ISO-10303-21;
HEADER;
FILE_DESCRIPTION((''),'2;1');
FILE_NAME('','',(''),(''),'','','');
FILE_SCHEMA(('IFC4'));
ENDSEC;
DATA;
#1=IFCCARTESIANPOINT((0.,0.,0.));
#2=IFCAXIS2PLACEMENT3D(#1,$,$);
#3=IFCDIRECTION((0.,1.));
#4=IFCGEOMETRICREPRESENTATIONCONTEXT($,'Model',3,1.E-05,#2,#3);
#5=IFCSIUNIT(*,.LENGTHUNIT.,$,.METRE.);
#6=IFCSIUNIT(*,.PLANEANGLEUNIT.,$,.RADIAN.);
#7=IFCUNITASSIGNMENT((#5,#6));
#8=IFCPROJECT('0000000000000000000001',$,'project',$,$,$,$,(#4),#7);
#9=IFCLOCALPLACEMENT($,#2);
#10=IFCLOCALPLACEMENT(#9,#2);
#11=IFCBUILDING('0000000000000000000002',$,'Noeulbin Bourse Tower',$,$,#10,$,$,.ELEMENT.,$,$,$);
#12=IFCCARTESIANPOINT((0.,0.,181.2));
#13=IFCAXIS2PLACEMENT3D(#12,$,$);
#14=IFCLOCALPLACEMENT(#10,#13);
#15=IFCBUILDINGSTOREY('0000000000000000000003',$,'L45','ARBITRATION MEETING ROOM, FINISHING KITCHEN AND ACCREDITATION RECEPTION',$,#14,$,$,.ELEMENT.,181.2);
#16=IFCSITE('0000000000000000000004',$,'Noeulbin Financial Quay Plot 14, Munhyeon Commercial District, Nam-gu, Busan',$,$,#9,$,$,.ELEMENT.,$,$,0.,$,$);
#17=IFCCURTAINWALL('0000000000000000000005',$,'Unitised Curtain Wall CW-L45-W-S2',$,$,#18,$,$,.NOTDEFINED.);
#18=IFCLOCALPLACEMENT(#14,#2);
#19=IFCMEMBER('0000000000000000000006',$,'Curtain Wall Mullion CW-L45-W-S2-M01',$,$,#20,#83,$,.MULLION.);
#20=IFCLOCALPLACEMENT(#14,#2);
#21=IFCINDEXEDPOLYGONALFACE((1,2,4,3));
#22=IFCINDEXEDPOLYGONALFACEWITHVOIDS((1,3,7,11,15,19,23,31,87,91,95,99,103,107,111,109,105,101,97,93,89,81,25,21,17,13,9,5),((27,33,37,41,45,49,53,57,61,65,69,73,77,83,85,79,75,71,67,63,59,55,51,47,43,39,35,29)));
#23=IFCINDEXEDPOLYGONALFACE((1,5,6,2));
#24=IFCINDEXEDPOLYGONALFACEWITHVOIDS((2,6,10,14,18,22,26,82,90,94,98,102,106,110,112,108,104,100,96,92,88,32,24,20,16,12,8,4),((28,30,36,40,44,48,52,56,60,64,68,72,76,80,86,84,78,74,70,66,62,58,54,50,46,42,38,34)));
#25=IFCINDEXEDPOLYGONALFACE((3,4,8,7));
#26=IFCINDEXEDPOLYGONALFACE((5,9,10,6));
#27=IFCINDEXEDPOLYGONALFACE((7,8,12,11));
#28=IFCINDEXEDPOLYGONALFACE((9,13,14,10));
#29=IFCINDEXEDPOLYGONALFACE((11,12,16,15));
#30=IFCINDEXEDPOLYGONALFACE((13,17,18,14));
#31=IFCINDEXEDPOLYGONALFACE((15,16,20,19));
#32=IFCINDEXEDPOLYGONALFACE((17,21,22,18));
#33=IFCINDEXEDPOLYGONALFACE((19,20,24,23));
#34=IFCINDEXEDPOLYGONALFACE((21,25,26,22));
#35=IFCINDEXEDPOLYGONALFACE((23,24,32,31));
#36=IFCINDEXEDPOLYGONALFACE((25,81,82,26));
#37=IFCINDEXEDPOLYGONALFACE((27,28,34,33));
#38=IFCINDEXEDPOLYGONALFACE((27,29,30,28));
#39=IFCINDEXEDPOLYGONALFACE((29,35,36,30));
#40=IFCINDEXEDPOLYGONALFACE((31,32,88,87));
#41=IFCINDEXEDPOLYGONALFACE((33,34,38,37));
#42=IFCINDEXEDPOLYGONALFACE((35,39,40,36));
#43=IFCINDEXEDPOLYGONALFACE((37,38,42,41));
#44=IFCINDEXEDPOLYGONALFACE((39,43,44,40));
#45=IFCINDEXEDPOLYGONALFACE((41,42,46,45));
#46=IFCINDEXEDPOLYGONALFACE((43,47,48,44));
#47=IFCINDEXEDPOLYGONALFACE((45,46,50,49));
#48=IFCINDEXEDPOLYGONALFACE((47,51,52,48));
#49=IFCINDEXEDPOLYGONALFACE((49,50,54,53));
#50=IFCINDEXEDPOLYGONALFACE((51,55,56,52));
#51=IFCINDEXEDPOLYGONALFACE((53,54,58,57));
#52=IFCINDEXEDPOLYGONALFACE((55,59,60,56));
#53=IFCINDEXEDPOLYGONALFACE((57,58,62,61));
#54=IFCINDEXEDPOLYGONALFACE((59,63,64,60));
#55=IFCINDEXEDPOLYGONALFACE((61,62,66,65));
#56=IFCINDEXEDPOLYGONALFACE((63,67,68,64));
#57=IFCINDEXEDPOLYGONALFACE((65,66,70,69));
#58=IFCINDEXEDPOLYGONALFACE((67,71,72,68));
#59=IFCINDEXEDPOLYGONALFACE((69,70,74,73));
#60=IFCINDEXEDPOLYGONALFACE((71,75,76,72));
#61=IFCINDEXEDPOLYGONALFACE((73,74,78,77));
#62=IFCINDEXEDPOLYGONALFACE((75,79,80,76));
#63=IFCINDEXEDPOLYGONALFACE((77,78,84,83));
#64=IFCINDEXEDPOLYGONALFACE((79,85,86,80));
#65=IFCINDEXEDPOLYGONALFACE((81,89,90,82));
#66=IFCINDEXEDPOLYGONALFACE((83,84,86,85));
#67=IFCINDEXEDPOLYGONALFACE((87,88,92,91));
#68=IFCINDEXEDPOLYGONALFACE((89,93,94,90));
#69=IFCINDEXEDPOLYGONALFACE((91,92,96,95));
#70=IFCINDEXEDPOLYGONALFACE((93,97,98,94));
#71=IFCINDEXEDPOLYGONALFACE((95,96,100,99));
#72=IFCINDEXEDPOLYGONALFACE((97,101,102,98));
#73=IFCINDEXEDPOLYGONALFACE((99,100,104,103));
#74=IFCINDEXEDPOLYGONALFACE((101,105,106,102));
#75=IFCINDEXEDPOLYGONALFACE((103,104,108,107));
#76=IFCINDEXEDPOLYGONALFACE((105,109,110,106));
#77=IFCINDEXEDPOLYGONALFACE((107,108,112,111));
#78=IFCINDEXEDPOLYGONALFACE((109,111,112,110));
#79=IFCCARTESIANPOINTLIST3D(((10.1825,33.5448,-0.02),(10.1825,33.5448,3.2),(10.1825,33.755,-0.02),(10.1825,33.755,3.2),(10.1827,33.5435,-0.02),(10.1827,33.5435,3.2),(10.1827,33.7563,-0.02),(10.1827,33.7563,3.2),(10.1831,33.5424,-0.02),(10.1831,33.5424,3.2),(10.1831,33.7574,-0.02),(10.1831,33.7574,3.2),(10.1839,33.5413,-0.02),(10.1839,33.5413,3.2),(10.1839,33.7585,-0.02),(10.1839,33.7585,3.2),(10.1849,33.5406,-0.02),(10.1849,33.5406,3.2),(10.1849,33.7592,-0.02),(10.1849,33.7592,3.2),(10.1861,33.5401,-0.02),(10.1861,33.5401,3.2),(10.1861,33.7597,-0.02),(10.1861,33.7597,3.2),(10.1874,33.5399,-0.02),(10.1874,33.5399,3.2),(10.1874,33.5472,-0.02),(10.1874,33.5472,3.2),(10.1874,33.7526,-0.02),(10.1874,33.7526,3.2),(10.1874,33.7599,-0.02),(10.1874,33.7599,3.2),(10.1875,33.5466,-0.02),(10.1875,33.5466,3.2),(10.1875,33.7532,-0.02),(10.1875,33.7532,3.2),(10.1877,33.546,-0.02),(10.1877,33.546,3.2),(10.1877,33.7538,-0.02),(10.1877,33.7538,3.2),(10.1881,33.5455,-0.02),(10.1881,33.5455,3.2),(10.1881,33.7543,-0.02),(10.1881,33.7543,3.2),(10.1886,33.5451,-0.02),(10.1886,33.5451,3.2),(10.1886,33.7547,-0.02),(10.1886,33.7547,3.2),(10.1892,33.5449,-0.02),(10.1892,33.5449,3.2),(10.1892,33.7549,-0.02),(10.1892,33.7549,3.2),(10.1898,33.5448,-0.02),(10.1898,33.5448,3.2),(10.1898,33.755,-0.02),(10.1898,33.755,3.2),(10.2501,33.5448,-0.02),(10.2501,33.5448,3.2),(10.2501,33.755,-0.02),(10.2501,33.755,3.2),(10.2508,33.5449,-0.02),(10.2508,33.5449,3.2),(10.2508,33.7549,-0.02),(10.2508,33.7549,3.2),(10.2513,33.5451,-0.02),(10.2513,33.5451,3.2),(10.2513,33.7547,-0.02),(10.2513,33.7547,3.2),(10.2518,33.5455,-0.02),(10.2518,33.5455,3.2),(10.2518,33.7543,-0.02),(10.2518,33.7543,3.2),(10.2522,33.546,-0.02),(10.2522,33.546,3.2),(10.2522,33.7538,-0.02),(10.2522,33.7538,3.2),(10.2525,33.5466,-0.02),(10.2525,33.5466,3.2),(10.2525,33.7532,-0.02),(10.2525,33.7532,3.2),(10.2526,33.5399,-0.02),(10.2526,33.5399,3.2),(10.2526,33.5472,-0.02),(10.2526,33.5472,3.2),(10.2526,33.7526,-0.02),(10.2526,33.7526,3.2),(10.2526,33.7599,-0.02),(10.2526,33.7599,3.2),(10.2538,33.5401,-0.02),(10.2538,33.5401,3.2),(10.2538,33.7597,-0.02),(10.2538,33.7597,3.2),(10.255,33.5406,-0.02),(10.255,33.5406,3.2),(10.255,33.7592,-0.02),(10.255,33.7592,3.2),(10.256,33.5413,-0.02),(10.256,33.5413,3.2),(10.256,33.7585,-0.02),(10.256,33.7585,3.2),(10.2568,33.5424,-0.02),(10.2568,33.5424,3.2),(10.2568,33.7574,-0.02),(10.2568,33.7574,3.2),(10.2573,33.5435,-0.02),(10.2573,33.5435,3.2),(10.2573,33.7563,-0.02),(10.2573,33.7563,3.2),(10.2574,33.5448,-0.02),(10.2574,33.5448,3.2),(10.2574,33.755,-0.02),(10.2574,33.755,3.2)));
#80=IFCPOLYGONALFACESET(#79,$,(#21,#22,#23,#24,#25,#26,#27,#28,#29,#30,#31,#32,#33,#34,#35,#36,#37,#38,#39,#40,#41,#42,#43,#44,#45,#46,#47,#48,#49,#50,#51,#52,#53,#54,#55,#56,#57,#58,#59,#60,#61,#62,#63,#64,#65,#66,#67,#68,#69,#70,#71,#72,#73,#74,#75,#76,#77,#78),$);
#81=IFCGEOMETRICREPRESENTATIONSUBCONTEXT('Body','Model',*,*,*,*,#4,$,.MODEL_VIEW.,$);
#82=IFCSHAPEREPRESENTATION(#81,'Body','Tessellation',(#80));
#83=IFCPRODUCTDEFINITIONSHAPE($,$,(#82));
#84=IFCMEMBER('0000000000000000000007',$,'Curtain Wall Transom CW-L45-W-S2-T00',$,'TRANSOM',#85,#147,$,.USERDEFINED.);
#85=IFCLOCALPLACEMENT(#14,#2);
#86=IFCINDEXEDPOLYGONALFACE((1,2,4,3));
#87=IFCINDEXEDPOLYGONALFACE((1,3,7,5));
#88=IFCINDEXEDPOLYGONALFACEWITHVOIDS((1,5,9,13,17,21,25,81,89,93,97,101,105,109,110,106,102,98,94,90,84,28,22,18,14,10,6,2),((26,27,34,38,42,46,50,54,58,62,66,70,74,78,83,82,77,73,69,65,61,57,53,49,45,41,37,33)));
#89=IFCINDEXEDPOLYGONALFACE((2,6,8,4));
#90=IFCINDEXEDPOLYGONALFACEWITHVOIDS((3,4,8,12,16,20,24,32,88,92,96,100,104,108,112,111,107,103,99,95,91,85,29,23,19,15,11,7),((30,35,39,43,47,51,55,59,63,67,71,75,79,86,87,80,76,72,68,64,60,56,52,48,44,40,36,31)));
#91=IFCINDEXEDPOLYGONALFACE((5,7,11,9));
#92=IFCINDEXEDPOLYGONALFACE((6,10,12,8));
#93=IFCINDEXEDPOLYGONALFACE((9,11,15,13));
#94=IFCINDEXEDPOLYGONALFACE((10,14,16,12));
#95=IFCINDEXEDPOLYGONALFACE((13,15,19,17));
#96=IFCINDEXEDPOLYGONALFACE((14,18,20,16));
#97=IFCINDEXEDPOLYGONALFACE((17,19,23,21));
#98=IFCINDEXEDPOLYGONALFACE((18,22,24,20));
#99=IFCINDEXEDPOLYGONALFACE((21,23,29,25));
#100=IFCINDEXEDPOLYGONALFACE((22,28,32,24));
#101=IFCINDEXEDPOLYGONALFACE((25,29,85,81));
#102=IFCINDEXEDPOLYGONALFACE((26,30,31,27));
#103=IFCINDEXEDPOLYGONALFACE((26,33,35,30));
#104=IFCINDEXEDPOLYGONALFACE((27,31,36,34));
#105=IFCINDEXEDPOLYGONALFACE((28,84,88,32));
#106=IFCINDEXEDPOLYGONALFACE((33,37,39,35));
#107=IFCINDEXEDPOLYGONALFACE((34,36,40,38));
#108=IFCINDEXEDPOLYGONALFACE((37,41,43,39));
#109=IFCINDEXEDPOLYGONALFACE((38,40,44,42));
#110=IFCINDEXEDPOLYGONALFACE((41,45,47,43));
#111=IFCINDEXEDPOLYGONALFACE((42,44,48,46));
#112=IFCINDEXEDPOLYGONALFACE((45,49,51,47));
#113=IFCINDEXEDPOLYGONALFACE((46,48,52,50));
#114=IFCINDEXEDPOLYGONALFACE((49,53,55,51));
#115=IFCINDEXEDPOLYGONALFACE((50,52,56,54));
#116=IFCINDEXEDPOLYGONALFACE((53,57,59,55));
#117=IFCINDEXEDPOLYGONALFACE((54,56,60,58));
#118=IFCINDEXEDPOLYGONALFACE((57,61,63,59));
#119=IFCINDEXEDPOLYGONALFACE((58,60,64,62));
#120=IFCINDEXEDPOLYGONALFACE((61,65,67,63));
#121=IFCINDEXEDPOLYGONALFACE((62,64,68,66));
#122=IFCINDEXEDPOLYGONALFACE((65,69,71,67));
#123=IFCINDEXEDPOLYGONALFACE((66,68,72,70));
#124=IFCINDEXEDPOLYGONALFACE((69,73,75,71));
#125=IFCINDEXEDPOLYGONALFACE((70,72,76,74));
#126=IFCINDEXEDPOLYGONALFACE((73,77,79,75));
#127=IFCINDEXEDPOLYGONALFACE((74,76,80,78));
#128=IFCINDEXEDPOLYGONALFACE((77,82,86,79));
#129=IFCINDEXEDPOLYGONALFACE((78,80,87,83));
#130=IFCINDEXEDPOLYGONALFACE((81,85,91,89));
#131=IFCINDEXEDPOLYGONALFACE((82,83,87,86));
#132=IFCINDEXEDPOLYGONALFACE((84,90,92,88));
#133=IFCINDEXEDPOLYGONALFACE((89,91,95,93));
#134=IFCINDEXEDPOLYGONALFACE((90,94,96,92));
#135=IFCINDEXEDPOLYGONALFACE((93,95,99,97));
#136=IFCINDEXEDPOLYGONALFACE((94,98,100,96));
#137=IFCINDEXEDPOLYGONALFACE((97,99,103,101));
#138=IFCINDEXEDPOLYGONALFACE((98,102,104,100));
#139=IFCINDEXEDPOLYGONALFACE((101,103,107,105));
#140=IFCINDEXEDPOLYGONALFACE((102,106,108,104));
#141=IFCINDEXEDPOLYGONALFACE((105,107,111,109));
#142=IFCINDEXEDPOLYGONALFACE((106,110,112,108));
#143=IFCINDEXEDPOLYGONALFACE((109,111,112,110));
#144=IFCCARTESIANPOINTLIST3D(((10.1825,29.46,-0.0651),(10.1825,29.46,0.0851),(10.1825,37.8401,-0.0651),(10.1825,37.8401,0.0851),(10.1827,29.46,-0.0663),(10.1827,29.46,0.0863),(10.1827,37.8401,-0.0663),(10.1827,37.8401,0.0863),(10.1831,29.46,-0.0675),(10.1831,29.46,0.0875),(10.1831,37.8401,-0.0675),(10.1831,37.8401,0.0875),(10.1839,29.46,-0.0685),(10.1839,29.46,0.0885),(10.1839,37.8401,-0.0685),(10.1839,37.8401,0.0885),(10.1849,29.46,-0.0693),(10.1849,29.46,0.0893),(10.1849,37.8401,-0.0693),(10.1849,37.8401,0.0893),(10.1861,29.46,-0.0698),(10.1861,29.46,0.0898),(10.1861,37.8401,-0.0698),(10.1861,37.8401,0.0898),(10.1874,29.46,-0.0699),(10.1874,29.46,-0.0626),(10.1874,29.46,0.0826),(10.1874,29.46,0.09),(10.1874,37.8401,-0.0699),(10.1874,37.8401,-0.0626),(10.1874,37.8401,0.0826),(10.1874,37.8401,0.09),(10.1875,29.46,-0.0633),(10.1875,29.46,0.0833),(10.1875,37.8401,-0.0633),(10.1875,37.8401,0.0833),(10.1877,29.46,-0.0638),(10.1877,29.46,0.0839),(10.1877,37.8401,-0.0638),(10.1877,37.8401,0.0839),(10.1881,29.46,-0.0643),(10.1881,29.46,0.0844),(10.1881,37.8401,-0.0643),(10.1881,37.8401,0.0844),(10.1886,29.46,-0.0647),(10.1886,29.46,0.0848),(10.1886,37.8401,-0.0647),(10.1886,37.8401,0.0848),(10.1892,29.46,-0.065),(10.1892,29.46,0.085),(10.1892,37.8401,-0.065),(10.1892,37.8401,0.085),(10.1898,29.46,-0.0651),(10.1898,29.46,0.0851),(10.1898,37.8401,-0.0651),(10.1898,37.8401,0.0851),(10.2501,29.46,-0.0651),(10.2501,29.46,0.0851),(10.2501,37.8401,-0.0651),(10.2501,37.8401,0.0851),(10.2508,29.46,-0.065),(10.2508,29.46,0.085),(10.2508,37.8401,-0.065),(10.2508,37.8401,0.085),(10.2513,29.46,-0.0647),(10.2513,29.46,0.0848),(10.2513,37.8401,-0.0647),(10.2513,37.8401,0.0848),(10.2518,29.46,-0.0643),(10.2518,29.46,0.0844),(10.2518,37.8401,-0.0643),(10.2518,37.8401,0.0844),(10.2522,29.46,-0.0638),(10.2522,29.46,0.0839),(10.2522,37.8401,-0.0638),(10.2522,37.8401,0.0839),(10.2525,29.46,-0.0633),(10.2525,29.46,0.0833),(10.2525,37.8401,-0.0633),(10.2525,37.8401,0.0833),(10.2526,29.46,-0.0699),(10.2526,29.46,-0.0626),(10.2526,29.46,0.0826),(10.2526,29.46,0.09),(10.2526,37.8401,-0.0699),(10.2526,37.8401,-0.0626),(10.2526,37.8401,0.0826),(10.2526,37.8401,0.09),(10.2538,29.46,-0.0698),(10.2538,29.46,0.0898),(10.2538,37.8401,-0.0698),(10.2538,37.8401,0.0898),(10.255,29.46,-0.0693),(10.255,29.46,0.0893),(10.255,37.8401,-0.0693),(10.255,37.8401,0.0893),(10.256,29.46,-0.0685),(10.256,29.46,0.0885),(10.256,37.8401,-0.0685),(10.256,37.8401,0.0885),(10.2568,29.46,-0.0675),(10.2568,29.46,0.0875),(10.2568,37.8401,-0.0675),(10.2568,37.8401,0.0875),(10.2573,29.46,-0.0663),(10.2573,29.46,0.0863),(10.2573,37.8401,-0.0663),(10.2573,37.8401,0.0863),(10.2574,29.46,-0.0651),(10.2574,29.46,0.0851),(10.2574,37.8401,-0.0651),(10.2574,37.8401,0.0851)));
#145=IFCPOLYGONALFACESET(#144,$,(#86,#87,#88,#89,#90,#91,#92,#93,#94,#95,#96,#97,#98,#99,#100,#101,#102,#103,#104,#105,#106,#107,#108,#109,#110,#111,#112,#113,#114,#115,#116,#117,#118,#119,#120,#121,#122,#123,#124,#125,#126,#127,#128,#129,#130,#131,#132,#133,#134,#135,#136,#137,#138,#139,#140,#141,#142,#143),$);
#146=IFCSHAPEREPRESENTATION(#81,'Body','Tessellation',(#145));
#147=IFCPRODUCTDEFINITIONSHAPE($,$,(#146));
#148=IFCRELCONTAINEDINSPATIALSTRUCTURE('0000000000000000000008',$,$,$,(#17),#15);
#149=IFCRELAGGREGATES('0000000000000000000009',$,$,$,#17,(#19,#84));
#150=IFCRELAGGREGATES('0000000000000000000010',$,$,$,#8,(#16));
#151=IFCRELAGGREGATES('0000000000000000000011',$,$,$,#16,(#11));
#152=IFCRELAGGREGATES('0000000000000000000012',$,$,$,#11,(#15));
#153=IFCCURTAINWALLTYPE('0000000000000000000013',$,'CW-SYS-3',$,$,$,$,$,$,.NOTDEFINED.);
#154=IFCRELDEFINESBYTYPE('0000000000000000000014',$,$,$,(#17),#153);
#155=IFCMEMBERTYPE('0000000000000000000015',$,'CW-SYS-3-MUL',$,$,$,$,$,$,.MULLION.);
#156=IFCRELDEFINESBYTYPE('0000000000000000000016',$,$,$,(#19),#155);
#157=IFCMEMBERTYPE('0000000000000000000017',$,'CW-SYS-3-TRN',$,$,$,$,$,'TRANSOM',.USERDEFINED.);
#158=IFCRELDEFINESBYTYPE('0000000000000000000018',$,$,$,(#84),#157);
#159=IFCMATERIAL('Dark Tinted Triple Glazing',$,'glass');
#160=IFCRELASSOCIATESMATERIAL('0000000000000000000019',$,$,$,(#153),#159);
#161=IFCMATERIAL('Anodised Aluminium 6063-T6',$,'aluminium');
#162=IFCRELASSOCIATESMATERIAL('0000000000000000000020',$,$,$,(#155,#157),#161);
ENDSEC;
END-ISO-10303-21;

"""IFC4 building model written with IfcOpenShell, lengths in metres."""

from ifc_helpers import new_model, si_unit, direction, frame, origin, origin_2d, place, context, subcontext, project, spatial, hollow_rectangle, extrude, material, material_profile, profile_set, type_object, element, aggregate, save


model = new_model("IFC4")

# Units and contexts
model_context = context("Model", 3, precision=1e-05, world=origin(), true_north=direction((0.0, 1.0)))
body_context = subcontext(model_context, "Body", "Model", "MODEL_VIEW")
ifc_project = project(units=[si_unit("LENGTHUNIT", "METRE"), si_unit("PLANEANGLEUNIT", "RADIAN")], contexts=[model_context])

# Site, building, storey
site_placement = place(None, origin())
site = spatial("IfcSite", under=ifc_project, at=site_placement, Name="Noeulbin Financial Quay Plot 14, Munhyeon Commercial District, Nam-gu, Busan", CompositionType="ELEMENT", RefElevation=0.0)
building_placement = place(site_placement, origin())
building = spatial("IfcBuilding", under=site, at=building_placement, Name="Noeulbin Bourse Tower", CompositionType="ELEMENT")
storey_placement = place(building_placement, frame((0.0, 0.0, 181.2)))
storey = spatial("IfcBuildingStorey", under=building, at=storey_placement, Name="L45", Description="ARBITRATION MEETING ROOM, FINISHING KITCHEN AND ACCREDITATION RECEPTION", CompositionType="ELEMENT", Elevation=181.2)

# Curtain wall, members
ifc_material_1 = material(Name="Dark Tinted Triple Glazing", Category="glass")
curtain_wall_type = type_object("IfcCurtainWallType", Name="CW-SYS-3", PredefinedType="NOTDEFINED", material=ifc_material_1)
curtain_wall_placement = place(storey_placement, origin())
curtain_wall = element("IfcCurtainWall", 1, at=curtain_wall_placement, inside=storey, type_object=curtain_wall_type, Name="Unitised Curtain Wall CW-L45-W-S2", PredefinedType="NOTDEFINED")
ifc_material_2 = material(Name="Anodised Aluminium 6063-T6", Category="aluminium")
ifc_material_profile_1 = material_profile(ifc_material_2, hollow_rectangle(XDim=0.075, YDim=0.22, WallThickness=0.0049, InnerFilletRadius=0.0024, OuterFilletRadius=0.0049, at=origin_2d()), Name="ALU-MULL-75x220x5", Category="LoadBearing")
ifc_profile_set_1 = profile_set([ifc_material_profile_1], Name="Anodised Aluminium 6063-T6")
member_type_1 = type_object("IfcMemberType", Name="CW-SYS-3-MUL", PredefinedType="MULLION", material=ifc_profile_set_1)
member_1_placement = place(storey_placement, frame((10.22, 33.6499, -0.02), z_axis=(0.0, 0.0, 1.0), x_axis=(1.0, 0.0, 0.0)))
member_1 = element("IfcMember", 2, at=member_1_placement, type_object=member_type_1, Name="Curtain Wall Mullion CW-L45-W-S2-M01", PredefinedType="MULLION", context=body_context, shape_type="SweptSolid", body=[
    extrude(hollow_rectangle(XDim=0.075, YDim=0.22, WallThickness=0.0049, InnerFilletRadius=0.0024, OuterFilletRadius=0.0049, at=origin_2d()), origin(), (0.0, 0.0, 1.0), 3.22),
])
ifc_material_profile_2 = material_profile(ifc_material_2, hollow_rectangle(XDim=0.075, YDim=0.1599, WallThickness=0.0049, InnerFilletRadius=0.0024, OuterFilletRadius=0.0049, at=origin_2d()), Name="ALU-TRAN-75x160x5", Category="LoadBearing")
ifc_profile_set_2 = profile_set([ifc_material_profile_2], Name="Anodised Aluminium 6063-T6")
member_type_2 = type_object("IfcMemberType", Name="CW-SYS-3-TRN", ElementType="TRANSOM", PredefinedType="USERDEFINED", material=ifc_profile_set_2)
member_2_placement = place(storey_placement, frame((10.22, 29.46, 0.01), z_axis=(0.0, 1.0, 0.0), x_axis=(-1.0, 0.0, 0.0)))
member_2 = element("IfcMember", 3, at=member_2_placement, type_object=member_type_2, Name="Curtain Wall Transom CW-L45-W-S2-T00", ObjectType="TRANSOM", PredefinedType="USERDEFINED", context=body_context, shape_type="SweptSolid", body=[
    extrude(hollow_rectangle(XDim=0.075, YDim=0.1599, WallThickness=0.0049, InnerFilletRadius=0.0024, OuterFilletRadius=0.0049, at=origin_2d()), origin(), (0.0, 0.0, 1.0), 8.3801),
])
aggregate(curtain_wall, [member_1, member_2])

save(model, "model.ifc")
